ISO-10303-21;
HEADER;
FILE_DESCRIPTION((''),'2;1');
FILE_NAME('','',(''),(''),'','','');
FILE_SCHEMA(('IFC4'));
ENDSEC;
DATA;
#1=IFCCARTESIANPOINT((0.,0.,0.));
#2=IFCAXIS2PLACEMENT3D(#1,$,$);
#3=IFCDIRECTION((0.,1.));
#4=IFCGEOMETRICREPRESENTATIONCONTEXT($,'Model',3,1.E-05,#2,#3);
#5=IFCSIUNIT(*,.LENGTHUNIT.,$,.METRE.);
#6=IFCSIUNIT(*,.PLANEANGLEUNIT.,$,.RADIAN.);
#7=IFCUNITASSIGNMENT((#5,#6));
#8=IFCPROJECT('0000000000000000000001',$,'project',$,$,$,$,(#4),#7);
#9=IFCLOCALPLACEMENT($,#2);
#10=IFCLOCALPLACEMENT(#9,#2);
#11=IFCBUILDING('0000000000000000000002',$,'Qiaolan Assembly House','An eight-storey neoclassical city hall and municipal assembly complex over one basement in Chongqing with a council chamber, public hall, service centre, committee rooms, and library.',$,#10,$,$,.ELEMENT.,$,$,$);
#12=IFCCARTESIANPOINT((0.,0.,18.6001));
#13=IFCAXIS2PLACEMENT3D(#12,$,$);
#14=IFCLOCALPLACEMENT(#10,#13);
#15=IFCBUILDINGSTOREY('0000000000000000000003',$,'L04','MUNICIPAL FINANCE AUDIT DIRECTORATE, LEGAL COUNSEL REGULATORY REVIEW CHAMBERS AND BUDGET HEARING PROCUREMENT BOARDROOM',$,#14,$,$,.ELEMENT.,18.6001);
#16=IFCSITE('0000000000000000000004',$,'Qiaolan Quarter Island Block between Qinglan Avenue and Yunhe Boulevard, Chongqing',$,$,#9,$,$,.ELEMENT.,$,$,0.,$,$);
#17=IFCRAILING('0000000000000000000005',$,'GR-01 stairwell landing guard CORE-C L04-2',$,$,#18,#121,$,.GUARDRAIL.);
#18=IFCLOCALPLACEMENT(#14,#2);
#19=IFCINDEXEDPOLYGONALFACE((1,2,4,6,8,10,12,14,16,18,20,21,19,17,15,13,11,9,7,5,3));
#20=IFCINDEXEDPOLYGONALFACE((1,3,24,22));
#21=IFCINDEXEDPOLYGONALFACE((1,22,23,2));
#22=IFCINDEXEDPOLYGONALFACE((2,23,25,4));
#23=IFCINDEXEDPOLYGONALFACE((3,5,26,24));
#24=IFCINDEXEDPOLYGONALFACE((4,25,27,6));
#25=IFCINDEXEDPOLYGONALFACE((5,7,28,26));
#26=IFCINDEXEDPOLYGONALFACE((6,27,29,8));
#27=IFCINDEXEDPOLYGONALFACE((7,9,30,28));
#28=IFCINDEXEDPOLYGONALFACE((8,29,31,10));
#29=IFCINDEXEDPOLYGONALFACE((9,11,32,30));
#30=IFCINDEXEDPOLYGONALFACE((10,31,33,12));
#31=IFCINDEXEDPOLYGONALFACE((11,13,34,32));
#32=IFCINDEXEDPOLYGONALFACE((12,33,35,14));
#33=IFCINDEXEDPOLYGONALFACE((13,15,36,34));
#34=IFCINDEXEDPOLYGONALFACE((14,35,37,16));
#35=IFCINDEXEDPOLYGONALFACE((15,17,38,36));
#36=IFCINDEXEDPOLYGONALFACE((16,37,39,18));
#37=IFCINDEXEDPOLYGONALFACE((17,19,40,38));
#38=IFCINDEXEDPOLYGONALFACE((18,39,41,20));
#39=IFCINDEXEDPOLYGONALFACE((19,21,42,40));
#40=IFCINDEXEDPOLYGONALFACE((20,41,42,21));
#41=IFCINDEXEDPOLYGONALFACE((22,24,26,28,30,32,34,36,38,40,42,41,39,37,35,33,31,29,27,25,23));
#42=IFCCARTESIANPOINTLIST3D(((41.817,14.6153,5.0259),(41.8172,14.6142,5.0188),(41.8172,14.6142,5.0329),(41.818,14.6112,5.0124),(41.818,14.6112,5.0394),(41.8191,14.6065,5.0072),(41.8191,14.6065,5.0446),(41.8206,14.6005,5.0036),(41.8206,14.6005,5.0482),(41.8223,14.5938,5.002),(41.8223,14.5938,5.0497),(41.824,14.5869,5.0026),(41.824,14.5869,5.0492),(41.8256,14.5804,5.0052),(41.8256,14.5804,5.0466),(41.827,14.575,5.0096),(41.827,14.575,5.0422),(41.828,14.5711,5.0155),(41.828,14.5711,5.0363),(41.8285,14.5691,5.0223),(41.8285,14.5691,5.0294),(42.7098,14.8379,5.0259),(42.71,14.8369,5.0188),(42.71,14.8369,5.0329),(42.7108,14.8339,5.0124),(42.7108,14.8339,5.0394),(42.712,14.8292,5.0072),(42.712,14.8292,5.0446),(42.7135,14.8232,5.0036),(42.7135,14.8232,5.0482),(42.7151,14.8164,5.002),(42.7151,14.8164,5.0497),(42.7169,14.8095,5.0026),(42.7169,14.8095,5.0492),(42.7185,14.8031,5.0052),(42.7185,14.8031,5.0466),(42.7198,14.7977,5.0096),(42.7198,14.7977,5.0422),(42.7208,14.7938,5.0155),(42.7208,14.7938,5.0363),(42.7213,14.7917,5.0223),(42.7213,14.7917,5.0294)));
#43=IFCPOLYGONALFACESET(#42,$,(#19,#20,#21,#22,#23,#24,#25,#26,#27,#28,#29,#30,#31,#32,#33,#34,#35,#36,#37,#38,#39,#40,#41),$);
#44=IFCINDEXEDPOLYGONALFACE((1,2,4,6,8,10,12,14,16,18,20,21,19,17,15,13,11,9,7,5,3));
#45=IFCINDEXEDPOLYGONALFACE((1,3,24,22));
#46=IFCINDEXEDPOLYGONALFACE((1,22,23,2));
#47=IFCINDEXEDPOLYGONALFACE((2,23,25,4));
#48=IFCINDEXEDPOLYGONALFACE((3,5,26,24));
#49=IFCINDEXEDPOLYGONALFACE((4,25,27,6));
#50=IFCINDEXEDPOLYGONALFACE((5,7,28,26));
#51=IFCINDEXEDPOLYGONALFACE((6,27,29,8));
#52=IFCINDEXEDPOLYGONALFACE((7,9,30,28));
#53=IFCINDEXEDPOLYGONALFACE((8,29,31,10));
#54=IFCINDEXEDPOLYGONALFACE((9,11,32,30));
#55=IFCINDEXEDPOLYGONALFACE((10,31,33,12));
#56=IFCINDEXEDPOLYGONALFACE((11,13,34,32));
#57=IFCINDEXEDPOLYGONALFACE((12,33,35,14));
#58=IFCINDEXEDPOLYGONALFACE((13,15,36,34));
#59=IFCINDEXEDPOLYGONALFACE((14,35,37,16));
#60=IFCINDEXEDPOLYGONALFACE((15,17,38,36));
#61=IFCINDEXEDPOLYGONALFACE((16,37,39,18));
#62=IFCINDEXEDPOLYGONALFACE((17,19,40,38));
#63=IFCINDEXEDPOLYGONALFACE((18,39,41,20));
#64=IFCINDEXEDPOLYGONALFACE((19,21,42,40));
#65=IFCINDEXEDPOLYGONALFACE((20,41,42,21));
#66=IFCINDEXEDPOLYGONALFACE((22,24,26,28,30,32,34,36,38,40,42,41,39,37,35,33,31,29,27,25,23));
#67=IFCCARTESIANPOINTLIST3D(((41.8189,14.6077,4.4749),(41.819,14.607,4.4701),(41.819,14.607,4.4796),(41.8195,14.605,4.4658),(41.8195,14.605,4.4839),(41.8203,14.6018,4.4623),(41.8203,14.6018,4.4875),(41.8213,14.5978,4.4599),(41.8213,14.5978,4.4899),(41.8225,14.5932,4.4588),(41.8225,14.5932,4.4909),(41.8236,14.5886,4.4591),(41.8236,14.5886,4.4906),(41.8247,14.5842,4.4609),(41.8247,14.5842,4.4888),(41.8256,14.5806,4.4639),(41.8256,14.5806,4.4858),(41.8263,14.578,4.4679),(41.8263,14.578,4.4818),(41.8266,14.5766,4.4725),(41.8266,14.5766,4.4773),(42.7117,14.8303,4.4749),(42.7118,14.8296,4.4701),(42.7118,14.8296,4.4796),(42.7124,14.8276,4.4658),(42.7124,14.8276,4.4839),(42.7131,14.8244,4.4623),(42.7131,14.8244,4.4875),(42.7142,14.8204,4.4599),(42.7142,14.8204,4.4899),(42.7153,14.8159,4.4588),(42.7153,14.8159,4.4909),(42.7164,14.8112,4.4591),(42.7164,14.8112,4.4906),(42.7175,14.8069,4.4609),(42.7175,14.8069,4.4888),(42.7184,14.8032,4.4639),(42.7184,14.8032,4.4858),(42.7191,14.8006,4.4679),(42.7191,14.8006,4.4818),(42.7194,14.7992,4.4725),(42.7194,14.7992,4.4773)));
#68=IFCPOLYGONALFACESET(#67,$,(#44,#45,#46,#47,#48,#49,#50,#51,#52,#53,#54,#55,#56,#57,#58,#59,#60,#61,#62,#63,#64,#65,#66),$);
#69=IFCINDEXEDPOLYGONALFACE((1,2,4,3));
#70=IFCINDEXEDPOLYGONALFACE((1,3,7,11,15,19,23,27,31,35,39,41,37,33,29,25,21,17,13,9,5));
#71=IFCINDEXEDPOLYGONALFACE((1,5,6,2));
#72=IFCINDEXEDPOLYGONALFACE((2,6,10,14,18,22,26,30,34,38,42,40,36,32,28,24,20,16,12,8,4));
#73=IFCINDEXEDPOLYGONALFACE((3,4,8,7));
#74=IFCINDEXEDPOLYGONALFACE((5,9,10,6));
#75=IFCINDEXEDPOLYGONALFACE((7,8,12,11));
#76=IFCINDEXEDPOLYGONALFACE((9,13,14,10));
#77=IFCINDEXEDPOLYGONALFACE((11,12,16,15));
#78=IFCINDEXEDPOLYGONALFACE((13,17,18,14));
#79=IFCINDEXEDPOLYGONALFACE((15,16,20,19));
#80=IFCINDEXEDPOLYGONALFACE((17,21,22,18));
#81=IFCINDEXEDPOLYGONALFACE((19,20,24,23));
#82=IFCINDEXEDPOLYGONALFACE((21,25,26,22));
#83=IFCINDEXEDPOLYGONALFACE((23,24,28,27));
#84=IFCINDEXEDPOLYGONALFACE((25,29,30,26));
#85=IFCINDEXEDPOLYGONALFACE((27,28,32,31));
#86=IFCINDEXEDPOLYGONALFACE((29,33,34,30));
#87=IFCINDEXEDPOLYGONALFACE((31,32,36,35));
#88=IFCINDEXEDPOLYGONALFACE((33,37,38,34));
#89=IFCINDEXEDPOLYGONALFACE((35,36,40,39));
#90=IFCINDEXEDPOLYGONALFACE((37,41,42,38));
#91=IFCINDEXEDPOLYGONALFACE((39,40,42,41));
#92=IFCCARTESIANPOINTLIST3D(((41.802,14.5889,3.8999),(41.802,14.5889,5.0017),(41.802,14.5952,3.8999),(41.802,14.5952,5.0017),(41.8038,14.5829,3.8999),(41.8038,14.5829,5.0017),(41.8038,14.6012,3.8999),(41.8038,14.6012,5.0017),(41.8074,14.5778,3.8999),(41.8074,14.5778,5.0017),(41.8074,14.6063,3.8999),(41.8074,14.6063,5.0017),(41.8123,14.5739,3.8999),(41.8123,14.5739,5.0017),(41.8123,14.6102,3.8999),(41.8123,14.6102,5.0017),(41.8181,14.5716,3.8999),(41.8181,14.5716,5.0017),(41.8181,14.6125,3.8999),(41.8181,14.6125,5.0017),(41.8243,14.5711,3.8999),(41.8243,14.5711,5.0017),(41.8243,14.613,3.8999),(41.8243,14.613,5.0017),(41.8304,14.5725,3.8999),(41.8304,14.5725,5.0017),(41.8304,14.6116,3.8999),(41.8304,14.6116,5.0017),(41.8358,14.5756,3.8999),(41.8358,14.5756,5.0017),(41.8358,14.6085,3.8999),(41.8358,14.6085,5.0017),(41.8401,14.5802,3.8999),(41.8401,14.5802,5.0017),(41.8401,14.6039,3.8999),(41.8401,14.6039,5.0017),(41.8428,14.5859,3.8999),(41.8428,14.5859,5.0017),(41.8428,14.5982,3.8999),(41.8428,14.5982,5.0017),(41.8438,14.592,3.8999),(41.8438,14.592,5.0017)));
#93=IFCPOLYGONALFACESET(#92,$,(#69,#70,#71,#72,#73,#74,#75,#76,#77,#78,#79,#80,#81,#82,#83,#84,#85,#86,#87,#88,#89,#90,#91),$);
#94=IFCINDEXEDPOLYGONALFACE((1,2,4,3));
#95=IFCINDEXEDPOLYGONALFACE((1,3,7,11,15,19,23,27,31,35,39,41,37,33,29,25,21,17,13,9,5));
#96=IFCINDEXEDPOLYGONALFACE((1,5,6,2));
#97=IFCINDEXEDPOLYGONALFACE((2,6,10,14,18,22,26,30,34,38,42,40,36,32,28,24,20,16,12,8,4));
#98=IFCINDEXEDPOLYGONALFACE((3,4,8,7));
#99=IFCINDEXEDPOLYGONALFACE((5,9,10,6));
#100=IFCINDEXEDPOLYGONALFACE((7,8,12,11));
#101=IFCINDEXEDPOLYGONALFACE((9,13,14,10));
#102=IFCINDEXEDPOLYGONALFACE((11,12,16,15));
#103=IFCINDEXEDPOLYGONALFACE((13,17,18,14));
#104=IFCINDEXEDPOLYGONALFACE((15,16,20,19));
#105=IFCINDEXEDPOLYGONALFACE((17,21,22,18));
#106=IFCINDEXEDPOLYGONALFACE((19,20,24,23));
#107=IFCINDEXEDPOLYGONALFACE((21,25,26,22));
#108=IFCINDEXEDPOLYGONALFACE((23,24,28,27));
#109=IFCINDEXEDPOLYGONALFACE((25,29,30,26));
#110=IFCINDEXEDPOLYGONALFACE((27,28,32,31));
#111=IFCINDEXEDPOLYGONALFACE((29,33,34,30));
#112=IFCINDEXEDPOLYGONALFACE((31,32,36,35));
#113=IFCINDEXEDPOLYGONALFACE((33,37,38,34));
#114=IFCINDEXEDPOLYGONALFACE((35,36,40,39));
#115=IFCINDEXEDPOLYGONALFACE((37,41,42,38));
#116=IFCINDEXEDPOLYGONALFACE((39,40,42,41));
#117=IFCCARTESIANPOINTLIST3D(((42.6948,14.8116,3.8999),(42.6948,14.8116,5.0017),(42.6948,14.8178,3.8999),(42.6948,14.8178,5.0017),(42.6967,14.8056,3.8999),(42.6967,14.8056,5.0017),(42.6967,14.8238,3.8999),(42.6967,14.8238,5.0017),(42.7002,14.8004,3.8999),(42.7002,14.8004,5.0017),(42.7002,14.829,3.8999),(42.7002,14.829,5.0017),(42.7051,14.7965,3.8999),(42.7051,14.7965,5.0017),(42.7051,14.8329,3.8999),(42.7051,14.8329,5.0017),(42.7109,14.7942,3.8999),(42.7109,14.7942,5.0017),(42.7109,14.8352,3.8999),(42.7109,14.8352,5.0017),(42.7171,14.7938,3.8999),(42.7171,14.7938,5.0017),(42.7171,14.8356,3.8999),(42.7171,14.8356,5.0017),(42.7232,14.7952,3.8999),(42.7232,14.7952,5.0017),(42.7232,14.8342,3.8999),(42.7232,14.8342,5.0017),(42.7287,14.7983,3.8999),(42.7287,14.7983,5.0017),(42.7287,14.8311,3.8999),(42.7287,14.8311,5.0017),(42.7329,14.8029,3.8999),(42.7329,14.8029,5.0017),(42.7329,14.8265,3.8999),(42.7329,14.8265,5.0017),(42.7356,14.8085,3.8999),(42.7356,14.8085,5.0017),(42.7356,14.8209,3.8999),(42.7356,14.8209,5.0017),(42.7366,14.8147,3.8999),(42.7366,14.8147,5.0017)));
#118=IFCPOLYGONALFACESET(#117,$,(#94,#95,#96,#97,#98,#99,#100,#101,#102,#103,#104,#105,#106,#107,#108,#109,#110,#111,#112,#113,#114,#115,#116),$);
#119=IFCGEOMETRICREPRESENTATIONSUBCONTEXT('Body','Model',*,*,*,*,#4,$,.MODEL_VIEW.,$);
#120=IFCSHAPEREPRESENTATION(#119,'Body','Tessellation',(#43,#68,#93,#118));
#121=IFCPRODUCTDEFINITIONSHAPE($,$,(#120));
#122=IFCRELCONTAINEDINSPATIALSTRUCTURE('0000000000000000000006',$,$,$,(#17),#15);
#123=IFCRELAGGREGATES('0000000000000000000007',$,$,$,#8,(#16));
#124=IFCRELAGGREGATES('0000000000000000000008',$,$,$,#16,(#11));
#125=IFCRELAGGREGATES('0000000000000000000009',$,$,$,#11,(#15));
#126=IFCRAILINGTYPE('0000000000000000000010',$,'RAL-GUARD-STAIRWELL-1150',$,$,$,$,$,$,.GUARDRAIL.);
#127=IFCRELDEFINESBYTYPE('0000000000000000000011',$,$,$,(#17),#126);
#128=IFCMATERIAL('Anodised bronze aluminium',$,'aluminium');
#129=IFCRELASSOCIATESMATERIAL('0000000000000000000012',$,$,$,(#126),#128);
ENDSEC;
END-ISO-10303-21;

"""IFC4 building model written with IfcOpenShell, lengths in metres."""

from ifc_helpers import new_model, si_unit, direction, frame, origin, origin_2d, place, context, subcontext, project, spatial, circle, extrude, material, type_object, element, save


model = new_model("IFC4")

# Units and contexts
model_context = context("Model", 3, precision=1e-05, world=origin(), true_north=direction((0.0, 1.0)))
body_context = subcontext(model_context, "Body", "Model", "MODEL_VIEW")
ifc_project = project(units=[si_unit("LENGTHUNIT", "METRE"), si_unit("PLANEANGLEUNIT", "RADIAN")], contexts=[model_context])

# Site, building, storey
site_placement = place(None, origin())
site = spatial("IfcSite", under=ifc_project, at=site_placement, Name="Qiaolan Quarter Island Block between Qinglan Avenue and Yunhe Boulevard, Chongqing", CompositionType="ELEMENT", RefElevation=0.0)
building_placement = place(site_placement, origin())
building = spatial("IfcBuilding", under=site, at=building_placement, Name="Qiaolan Assembly House", Description="An eight-storey neoclassical city hall and municipal assembly complex over one basement in Chongqing with a council chamber, public hall, service centre, committee rooms, and library.", CompositionType="ELEMENT")
storey_placement = place(building_placement, frame((0.0, 0.0, 18.6001)))
storey = spatial("IfcBuildingStorey", under=building, at=storey_placement, Name="L04", Description="MUNICIPAL FINANCE AUDIT DIRECTORATE, LEGAL COUNSEL REGULATORY REVIEW CHAMBERS AND BUDGET HEARING PROCUREMENT BOARDROOM", CompositionType="ELEMENT", Elevation=18.6001)

# Railing
ifc_material_1 = material(Name="Anodised bronze aluminium", Category="aluminium")
railing_type_1 = type_object("IfcRailingType", Name="RAL-GUARD-STAIRWELL-1150", PredefinedType="GUARDRAIL", material=ifc_material_1)
railing_1_placement = place(storey_placement, frame((41.8228, 14.592, 3.8999)))
element("IfcRailing", 1, at=railing_1_placement, inside=storey, type_object=railing_type_1, Name="GR-01 stairwell landing guard CORE-C L04-2", PredefinedType="GUARDRAIL", context=body_context, shape_type="SweptSolid", body=[
    extrude(circle(Radius=0.0239, at=origin_2d()), frame((0.0, 0.0, 1.126), z_axis=(0.970283, 0.241974, 0.0), x_axis=(-0.241974, 0.970283, 0.0)), (0.0, 0.0, 1.0), 0.9202),
    extrude(circle(Radius=0.0161, at=origin_2d()), frame((0.0, 0.0, 0.575), z_axis=(0.970283, 0.241974, 0.0), x_axis=(-0.241974, 0.970283, 0.0)), (0.0, 0.0, 1.0), 0.9202),
    extrude(circle(Radius=0.021, at=origin_2d()), origin(), (0.0, 0.0, 1.0), 1.1018),
    extrude(circle(Radius=0.021, at=origin_2d()), frame((0.8928, 0.2227, 0.0)), (0.0, 0.0, 1.0), 1.1018),
])

save(model, "model.ifc")
